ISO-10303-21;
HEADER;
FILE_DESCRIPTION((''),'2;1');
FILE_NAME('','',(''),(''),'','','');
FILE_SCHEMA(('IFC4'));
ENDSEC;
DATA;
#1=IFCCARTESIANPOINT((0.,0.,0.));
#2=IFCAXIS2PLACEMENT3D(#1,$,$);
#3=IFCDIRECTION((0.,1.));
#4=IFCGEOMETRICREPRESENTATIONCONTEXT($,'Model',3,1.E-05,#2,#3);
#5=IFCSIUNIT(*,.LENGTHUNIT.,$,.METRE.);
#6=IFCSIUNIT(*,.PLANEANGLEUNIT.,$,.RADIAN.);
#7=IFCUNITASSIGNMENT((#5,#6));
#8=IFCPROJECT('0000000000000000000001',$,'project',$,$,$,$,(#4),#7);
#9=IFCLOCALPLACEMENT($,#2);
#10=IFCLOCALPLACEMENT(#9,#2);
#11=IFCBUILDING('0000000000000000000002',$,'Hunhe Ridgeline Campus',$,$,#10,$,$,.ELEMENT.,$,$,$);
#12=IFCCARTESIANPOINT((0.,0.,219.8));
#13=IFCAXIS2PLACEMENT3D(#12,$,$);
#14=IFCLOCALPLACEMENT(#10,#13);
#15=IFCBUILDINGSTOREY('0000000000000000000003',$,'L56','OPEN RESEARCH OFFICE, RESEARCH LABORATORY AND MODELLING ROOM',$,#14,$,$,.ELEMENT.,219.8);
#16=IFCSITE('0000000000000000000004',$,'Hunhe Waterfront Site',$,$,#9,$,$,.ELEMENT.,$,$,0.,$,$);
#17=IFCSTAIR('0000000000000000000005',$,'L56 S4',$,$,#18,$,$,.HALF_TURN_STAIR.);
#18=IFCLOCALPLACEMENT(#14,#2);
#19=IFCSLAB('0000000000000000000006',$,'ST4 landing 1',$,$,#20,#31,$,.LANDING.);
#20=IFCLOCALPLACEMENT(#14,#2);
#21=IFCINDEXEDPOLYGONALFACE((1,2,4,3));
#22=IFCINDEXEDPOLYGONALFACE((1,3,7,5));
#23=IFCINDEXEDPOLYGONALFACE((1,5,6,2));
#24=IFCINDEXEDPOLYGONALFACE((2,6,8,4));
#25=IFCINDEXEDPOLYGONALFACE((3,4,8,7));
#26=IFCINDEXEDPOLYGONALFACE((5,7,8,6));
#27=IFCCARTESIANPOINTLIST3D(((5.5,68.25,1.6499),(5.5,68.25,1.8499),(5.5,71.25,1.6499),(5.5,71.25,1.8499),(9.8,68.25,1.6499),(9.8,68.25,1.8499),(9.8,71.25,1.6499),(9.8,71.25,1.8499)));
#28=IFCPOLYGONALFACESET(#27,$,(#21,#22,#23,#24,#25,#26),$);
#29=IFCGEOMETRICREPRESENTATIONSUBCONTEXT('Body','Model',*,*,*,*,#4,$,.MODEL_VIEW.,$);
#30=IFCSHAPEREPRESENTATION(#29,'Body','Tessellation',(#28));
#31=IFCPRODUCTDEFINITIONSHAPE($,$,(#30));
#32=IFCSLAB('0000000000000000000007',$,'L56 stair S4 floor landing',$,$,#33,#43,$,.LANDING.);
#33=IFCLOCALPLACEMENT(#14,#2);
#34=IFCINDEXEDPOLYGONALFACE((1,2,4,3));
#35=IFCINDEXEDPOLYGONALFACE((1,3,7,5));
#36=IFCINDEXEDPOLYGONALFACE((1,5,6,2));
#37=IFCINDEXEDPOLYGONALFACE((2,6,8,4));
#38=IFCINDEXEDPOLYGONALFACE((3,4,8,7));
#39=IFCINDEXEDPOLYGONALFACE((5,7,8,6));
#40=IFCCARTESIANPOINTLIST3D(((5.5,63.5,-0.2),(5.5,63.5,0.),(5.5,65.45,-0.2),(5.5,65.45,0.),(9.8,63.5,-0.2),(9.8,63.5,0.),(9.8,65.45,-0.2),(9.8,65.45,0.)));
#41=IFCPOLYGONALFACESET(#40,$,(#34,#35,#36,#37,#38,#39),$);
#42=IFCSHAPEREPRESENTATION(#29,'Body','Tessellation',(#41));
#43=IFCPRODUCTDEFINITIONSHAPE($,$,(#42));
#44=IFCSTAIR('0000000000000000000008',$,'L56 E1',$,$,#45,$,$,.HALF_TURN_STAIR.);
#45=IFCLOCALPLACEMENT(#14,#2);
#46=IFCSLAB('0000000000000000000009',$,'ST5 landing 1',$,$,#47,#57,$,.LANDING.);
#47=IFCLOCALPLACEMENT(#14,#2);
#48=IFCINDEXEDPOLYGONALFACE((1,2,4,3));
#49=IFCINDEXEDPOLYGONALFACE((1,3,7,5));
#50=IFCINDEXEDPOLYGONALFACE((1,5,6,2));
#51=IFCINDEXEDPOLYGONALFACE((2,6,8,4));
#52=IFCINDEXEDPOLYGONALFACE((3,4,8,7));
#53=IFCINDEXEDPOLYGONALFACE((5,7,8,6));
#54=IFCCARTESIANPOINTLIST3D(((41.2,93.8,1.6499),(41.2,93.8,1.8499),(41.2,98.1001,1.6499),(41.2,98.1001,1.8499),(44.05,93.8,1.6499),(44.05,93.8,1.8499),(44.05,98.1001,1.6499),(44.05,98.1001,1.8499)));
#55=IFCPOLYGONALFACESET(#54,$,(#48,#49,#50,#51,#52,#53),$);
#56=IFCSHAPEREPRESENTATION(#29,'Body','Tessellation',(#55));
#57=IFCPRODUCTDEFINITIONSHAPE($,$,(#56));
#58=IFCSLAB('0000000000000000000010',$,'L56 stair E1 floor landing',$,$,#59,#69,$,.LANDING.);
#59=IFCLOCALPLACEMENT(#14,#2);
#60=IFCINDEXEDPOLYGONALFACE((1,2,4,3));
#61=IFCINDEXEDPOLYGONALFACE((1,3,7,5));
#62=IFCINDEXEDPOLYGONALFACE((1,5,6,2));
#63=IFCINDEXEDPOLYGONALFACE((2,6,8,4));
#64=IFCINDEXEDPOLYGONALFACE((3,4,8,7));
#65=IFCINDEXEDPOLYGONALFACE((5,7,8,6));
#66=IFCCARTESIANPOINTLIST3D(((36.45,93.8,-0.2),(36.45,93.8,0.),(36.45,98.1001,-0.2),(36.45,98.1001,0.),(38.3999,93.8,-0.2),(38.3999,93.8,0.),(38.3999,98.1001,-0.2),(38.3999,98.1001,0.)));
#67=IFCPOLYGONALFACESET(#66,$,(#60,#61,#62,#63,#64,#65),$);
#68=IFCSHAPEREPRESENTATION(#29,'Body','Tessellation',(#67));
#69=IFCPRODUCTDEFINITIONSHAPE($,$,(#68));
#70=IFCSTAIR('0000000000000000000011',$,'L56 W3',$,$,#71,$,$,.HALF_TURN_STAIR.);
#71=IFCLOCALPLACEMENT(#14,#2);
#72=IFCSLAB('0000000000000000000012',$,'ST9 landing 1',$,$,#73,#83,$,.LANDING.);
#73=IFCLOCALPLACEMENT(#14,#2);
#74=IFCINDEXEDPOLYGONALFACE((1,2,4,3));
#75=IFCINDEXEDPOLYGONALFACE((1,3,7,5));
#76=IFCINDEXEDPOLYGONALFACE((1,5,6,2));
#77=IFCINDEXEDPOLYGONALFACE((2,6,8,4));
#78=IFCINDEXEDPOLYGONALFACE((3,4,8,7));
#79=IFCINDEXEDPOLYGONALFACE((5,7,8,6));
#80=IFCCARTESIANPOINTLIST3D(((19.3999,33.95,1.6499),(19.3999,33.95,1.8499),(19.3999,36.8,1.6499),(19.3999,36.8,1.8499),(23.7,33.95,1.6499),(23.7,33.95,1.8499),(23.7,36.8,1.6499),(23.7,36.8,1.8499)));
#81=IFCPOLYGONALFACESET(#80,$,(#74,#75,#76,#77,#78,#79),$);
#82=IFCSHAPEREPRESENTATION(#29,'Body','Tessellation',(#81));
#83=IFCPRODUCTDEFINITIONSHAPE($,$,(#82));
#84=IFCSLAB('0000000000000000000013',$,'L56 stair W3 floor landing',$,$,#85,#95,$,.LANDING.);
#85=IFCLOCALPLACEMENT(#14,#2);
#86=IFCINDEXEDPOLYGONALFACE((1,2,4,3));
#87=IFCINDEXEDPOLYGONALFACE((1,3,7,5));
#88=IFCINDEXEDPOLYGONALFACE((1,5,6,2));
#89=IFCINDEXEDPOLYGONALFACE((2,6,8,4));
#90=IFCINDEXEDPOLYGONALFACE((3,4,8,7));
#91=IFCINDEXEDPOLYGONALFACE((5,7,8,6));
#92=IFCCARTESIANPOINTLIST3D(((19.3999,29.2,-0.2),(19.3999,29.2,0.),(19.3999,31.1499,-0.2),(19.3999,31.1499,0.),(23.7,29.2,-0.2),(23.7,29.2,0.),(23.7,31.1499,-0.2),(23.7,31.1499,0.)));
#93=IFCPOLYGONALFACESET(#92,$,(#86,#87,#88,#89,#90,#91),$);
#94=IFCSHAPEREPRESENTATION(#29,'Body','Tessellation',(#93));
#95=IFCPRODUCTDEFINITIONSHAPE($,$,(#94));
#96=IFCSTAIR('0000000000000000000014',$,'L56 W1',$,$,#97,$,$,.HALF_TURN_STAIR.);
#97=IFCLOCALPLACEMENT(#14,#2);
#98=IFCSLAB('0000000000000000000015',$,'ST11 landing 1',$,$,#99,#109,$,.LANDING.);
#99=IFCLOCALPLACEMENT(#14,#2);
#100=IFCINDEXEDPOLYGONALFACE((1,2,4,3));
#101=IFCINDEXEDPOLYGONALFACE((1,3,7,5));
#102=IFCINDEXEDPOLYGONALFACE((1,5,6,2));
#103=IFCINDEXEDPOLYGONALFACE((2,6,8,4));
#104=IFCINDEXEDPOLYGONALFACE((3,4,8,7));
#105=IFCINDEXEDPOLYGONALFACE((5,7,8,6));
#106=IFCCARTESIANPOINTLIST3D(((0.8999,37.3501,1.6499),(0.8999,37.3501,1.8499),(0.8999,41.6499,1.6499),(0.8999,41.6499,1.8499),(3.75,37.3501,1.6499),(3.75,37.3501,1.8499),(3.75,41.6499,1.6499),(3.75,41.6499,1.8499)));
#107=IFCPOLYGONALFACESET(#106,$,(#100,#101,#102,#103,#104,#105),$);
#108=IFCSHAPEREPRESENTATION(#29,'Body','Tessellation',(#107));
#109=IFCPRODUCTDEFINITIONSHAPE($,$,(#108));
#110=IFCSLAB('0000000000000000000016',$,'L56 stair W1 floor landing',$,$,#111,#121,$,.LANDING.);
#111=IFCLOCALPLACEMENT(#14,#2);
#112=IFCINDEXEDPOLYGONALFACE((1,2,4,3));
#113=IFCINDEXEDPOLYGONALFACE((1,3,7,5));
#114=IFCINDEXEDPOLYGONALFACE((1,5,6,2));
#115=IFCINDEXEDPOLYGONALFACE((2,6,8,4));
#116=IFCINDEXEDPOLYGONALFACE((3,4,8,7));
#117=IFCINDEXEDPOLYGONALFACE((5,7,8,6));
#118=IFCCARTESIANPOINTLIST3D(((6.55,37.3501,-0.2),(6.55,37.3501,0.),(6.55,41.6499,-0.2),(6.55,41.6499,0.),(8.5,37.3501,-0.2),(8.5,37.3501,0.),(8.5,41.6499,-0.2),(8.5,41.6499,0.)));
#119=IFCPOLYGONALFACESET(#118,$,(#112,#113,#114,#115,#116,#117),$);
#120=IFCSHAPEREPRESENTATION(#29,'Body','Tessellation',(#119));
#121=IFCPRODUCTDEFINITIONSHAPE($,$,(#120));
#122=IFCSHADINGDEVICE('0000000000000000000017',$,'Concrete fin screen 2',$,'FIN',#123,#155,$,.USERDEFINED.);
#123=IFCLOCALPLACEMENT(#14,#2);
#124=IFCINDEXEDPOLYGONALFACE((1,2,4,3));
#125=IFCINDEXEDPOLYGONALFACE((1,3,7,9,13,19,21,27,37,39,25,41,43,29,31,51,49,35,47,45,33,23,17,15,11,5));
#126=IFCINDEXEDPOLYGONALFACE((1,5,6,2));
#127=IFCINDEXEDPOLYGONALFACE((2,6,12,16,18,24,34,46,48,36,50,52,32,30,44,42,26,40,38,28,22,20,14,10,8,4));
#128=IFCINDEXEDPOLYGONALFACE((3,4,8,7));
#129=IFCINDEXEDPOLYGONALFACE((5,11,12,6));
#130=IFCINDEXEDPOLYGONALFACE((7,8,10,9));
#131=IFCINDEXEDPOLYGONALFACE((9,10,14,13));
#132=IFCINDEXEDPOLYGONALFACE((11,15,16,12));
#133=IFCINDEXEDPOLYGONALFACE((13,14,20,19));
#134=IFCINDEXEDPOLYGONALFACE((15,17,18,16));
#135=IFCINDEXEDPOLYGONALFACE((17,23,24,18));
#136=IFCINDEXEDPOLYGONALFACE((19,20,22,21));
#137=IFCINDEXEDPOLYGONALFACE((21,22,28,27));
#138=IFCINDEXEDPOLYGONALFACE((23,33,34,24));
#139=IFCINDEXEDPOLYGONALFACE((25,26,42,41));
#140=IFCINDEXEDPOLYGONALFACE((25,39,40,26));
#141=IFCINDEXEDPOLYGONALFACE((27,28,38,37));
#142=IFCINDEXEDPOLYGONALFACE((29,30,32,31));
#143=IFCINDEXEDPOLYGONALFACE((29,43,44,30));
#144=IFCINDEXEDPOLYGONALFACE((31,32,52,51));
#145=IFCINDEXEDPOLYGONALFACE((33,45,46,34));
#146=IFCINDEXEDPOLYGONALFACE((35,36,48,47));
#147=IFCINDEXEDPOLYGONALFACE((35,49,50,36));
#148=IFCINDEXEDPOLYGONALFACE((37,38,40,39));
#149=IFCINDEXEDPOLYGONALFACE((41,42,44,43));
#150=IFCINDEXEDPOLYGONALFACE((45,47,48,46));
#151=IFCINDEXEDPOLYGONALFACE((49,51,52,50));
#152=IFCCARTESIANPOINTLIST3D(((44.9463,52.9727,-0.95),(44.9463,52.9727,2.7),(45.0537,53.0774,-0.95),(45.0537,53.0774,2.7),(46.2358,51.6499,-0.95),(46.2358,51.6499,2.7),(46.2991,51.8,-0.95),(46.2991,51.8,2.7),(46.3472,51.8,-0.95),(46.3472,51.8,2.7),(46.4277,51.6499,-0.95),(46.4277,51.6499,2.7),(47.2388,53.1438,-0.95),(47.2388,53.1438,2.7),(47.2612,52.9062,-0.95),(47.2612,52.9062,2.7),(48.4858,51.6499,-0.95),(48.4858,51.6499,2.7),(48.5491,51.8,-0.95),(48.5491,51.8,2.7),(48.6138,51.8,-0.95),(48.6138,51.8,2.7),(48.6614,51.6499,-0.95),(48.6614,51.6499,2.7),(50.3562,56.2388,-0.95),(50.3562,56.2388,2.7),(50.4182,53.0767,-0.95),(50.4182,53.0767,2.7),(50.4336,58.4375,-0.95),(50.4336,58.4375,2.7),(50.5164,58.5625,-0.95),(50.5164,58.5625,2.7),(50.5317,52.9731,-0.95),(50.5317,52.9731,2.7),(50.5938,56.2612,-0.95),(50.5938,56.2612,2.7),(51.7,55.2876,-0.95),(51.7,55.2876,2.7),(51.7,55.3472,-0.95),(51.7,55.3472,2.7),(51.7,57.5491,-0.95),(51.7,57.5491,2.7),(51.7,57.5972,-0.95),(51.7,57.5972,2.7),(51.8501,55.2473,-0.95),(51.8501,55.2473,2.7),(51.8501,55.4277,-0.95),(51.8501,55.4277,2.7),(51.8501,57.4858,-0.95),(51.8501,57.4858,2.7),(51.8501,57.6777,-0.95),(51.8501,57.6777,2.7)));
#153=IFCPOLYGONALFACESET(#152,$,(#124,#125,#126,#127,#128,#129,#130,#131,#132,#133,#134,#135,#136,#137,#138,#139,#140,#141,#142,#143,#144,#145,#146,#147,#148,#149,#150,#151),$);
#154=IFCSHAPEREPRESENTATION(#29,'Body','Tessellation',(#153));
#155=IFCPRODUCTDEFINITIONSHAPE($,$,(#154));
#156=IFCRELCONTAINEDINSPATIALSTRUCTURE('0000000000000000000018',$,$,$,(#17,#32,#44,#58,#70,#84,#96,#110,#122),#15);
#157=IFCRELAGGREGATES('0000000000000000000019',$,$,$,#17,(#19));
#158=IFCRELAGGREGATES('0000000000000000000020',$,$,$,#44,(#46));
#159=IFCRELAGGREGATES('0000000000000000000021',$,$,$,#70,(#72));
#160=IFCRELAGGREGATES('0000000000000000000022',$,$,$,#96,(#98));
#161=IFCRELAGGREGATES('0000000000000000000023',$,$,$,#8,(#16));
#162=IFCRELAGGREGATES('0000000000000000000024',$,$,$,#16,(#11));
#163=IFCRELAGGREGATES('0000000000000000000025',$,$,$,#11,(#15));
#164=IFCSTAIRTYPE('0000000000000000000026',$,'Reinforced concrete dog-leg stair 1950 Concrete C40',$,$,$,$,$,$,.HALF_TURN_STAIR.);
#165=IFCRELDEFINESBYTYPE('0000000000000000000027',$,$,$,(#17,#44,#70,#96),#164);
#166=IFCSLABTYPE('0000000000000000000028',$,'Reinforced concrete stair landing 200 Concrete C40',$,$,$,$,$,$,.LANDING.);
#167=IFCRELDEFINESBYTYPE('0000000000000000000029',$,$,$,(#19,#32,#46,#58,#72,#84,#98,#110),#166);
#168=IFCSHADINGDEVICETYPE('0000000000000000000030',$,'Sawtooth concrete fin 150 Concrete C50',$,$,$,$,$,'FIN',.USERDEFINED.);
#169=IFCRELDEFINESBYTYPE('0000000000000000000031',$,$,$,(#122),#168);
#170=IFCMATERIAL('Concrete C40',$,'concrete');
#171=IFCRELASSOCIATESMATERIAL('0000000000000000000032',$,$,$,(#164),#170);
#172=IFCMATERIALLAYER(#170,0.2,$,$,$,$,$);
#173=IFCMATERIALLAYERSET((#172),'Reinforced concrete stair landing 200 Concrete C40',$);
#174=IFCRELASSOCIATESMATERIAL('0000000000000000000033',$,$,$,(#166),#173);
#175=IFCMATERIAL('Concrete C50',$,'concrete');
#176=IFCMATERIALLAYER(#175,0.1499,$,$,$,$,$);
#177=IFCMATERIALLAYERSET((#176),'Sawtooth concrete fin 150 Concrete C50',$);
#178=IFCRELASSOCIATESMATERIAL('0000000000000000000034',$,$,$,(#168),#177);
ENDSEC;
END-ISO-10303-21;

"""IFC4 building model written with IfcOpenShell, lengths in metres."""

from ifc_helpers import new_model, si_unit, direction, frame, origin, place, context, subcontext, project, spatial, polyline, outline, extrude, material, layer, layer_set, type_object, element, aggregate, save


model = new_model("IFC4")

# Units and contexts
model_context = context("Model", 3, precision=1e-05, world=origin(), true_north=direction((0.0, 1.0)))
body_context = subcontext(model_context, "Body", "Model", "MODEL_VIEW")
ifc_project = project(units=[si_unit("LENGTHUNIT", "METRE"), si_unit("PLANEANGLEUNIT", "RADIAN")], contexts=[model_context])

# Site, building, storey
site_placement = place(None, origin())
site = spatial("IfcSite", under=ifc_project, at=site_placement, Name="Hunhe Waterfront Site", CompositionType="ELEMENT", RefElevation=0.0)
building_placement = place(site_placement, origin())
building = spatial("IfcBuilding", under=site, at=building_placement, Name="Hunhe Ridgeline Campus", CompositionType="ELEMENT")
storey_placement = place(building_placement, frame((0.0, 0.0, 219.8)))
storey = spatial("IfcBuildingStorey", under=building, at=storey_placement, Name="L56", Description="OPEN RESEARCH OFFICE, RESEARCH LABORATORY AND MODELLING ROOM", CompositionType="ELEMENT", Elevation=219.8)

# Shared definitions
ifc_material_1 = material(Name="Concrete C40", Category="concrete")

# Shared definitions
stair_type = type_object("IfcStairType", Name="Reinforced concrete dog-leg stair 1950 Concrete C40", PredefinedType="HALF_TURN_STAIR", material=ifc_material_1)
ifc_layer_1 = layer(ifc_material_1, 0.2)
ifc_layer_set_1 = layer_set([ifc_layer_1], Name="Reinforced concrete stair landing 200 Concrete C40")
slab_type_1 = type_object("IfcSlabType", Name="Reinforced concrete stair landing 200 Concrete C40", PredefinedType="LANDING", material=ifc_layer_set_1)

# Stair, slab
stair_1_placement = place(storey_placement, origin())
stair_1 = element("IfcStair", 1, at=stair_1_placement, inside=storey, type_object=stair_type, Name="L56 S4", PredefinedType="HALF_TURN_STAIR")
slab_1_placement = place(storey_placement, frame((0.0, 0.0, 1.6499)))
slab_1 = element("IfcSlab", 2, at=slab_1_placement, type_object=slab_type_1, Name="ST4 landing 1", PredefinedType="LANDING", context=body_context, shape_type="SweptSolid", body=[
    extrude(outline(polyline([(9.8, 68.25), (9.8, 71.25), (5.5, 71.25), (5.5, 68.25), (9.8, 68.25)])), origin(), (0.0, 0.0, 1.0), 0.2),
])
aggregate(stair_1, [slab_1])

# Slab
slab_2_placement = place(storey_placement, frame((0.0, 0.0, -0.2)))
element("IfcSlab", 3, at=slab_2_placement, inside=storey, type_object=slab_type_1, Name="L56 stair S4 floor landing", PredefinedType="LANDING", context=body_context, shape_type="SweptSolid", body=[
    extrude(outline(polyline([(9.8, 63.5), (9.8, 65.45), (5.5, 65.45), (5.5, 63.5), (9.8, 63.5)])), origin(), (0.0, 0.0, 1.0), 0.2),
])

# Stair, slab
stair_2_placement = place(storey_placement, origin())
stair_2 = element("IfcStair", 4, at=stair_2_placement, inside=storey, type_object=stair_type, Name="L56 E1", PredefinedType="HALF_TURN_STAIR")
slab_3_placement = place(storey_placement, frame((0.0, 0.0, 1.6499)))
slab_3 = element("IfcSlab", 5, at=slab_3_placement, type_object=slab_type_1, Name="ST5 landing 1", PredefinedType="LANDING", context=body_context, shape_type="SweptSolid", body=[
    extrude(outline(polyline([(41.2, 93.8), (44.05, 93.8), (44.05, 98.1001), (41.2, 98.1001), (41.2, 93.8)])), origin(), (0.0, 0.0, 1.0), 0.2),
])
aggregate(stair_2, [slab_3])

# Slab
slab_4_placement = place(storey_placement, frame((0.0, 0.0, -0.2)))
element("IfcSlab", 6, at=slab_4_placement, inside=storey, type_object=slab_type_1, Name="L56 stair E1 floor landing", PredefinedType="LANDING", context=body_context, shape_type="SweptSolid", body=[
    extrude(outline(polyline([(36.45, 93.8), (38.3999, 93.8), (38.3999, 98.1001), (36.45, 98.1001), (36.45, 93.8)])), origin(), (0.0, 0.0, 1.0), 0.2),
])

# Stair, slab
stair_3_placement = place(storey_placement, origin())
stair_3 = element("IfcStair", 7, at=stair_3_placement, inside=storey, type_object=stair_type, Name="L56 W3", PredefinedType="HALF_TURN_STAIR")
slab_5_placement = place(storey_placement, frame((0.0, 0.0, 1.6499)))
slab_5 = element("IfcSlab", 8, at=slab_5_placement, type_object=slab_type_1, Name="ST9 landing 1", PredefinedType="LANDING", context=body_context, shape_type="SweptSolid", body=[
    extrude(outline(polyline([(23.7, 33.95), (23.7, 36.8), (19.3999, 36.8), (19.3999, 33.95), (23.7, 33.95)])), origin(), (0.0, 0.0, 1.0), 0.2),
])
aggregate(stair_3, [slab_5])

# Slab
slab_6_placement = place(storey_placement, frame((0.0, 0.0, -0.2)))
element("IfcSlab", 9, at=slab_6_placement, inside=storey, type_object=slab_type_1, Name="L56 stair W3 floor landing", PredefinedType="LANDING", context=body_context, shape_type="SweptSolid", body=[
    extrude(outline(polyline([(23.7, 29.2), (23.7, 31.1499), (19.3999, 31.1499), (19.3999, 29.2), (23.7, 29.2)])), origin(), (0.0, 0.0, 1.0), 0.2),
])

# Stair, slab
stair_4_placement = place(storey_placement, origin())
stair_4 = element("IfcStair", 10, at=stair_4_placement, inside=storey, type_object=stair_type, Name="L56 W1", PredefinedType="HALF_TURN_STAIR")
slab_7_placement = place(storey_placement, frame((0.0, 0.0, 1.6499)))
slab_7 = element("IfcSlab", 11, at=slab_7_placement, type_object=slab_type_1, Name="ST11 landing 1", PredefinedType="LANDING", context=body_context, shape_type="SweptSolid", body=[
    extrude(outline(polyline([(3.75, 41.6499), (0.8999, 41.6499), (0.8999, 37.3501), (3.75, 37.3501), (3.75, 41.6499)])), origin(), (0.0, 0.0, 1.0), 0.2),
])
aggregate(stair_4, [slab_7])

# Slab
slab_8_placement = place(storey_placement, frame((0.0, 0.0, -0.2)))
element("IfcSlab", 12, at=slab_8_placement, inside=storey, type_object=slab_type_1, Name="L56 stair W1 floor landing", PredefinedType="LANDING", context=body_context, shape_type="SweptSolid", body=[
    extrude(outline(polyline([(8.5, 41.6499), (6.55, 41.6499), (6.55, 37.3501), (8.5, 37.3501), (8.5, 41.6499)])), origin(), (0.0, 0.0, 1.0), 0.2),
])

# Shading device
ifc_material_2 = material(Name="Concrete C50", Category="concrete")
ifc_layer_2 = layer(ifc_material_2, 0.1499)
ifc_layer_set_2 = layer_set([ifc_layer_2], Name="Sawtooth concrete fin 150 Concrete C50")
shading_device_type = type_object("IfcShadingDeviceType", Name="Sawtooth concrete fin 150 Concrete C50", ElementType="FIN", PredefinedType="USERDEFINED", material=ifc_layer_set_2)
shading_device_1_placement = place(storey_placement, frame((0.0, 0.0, -0.95)))
element("IfcShadingDevice", 13, at=shading_device_1_placement, inside=storey, type_object=shading_device_type, Name="Concrete fin screen 2", ObjectType="FIN", PredefinedType="USERDEFINED", context=body_context, shape_type="SweptSolid", body=[
    extrude(outline(polyline([(45.0537, 53.0774), (44.9463, 52.9727), (46.2358, 51.6499), (46.4277, 51.6499), (47.2612, 52.9062), (48.4858, 51.6499), (48.6614, 51.6499), (50.5317, 52.9731), (51.8501, 55.2473), (51.8501, 55.4277), (50.5938, 56.2612), (51.8501, 57.4858), (51.8501, 57.6777), (50.5164, 58.5625), (50.4336, 58.4375), (51.7, 57.5972), (51.7, 57.5491), (50.3562, 56.2388), (51.7, 55.3472), (51.7, 55.2876), (50.4182, 53.0767), (48.6138, 51.8), (48.5491, 51.8), (47.2388, 53.1438), (46.3472, 51.8), (46.2991, 51.8), (45.0537, 53.0774)])), origin(), (0.0, 0.0, 1.0), 3.6499),
])

save(model, "model.ifc")
